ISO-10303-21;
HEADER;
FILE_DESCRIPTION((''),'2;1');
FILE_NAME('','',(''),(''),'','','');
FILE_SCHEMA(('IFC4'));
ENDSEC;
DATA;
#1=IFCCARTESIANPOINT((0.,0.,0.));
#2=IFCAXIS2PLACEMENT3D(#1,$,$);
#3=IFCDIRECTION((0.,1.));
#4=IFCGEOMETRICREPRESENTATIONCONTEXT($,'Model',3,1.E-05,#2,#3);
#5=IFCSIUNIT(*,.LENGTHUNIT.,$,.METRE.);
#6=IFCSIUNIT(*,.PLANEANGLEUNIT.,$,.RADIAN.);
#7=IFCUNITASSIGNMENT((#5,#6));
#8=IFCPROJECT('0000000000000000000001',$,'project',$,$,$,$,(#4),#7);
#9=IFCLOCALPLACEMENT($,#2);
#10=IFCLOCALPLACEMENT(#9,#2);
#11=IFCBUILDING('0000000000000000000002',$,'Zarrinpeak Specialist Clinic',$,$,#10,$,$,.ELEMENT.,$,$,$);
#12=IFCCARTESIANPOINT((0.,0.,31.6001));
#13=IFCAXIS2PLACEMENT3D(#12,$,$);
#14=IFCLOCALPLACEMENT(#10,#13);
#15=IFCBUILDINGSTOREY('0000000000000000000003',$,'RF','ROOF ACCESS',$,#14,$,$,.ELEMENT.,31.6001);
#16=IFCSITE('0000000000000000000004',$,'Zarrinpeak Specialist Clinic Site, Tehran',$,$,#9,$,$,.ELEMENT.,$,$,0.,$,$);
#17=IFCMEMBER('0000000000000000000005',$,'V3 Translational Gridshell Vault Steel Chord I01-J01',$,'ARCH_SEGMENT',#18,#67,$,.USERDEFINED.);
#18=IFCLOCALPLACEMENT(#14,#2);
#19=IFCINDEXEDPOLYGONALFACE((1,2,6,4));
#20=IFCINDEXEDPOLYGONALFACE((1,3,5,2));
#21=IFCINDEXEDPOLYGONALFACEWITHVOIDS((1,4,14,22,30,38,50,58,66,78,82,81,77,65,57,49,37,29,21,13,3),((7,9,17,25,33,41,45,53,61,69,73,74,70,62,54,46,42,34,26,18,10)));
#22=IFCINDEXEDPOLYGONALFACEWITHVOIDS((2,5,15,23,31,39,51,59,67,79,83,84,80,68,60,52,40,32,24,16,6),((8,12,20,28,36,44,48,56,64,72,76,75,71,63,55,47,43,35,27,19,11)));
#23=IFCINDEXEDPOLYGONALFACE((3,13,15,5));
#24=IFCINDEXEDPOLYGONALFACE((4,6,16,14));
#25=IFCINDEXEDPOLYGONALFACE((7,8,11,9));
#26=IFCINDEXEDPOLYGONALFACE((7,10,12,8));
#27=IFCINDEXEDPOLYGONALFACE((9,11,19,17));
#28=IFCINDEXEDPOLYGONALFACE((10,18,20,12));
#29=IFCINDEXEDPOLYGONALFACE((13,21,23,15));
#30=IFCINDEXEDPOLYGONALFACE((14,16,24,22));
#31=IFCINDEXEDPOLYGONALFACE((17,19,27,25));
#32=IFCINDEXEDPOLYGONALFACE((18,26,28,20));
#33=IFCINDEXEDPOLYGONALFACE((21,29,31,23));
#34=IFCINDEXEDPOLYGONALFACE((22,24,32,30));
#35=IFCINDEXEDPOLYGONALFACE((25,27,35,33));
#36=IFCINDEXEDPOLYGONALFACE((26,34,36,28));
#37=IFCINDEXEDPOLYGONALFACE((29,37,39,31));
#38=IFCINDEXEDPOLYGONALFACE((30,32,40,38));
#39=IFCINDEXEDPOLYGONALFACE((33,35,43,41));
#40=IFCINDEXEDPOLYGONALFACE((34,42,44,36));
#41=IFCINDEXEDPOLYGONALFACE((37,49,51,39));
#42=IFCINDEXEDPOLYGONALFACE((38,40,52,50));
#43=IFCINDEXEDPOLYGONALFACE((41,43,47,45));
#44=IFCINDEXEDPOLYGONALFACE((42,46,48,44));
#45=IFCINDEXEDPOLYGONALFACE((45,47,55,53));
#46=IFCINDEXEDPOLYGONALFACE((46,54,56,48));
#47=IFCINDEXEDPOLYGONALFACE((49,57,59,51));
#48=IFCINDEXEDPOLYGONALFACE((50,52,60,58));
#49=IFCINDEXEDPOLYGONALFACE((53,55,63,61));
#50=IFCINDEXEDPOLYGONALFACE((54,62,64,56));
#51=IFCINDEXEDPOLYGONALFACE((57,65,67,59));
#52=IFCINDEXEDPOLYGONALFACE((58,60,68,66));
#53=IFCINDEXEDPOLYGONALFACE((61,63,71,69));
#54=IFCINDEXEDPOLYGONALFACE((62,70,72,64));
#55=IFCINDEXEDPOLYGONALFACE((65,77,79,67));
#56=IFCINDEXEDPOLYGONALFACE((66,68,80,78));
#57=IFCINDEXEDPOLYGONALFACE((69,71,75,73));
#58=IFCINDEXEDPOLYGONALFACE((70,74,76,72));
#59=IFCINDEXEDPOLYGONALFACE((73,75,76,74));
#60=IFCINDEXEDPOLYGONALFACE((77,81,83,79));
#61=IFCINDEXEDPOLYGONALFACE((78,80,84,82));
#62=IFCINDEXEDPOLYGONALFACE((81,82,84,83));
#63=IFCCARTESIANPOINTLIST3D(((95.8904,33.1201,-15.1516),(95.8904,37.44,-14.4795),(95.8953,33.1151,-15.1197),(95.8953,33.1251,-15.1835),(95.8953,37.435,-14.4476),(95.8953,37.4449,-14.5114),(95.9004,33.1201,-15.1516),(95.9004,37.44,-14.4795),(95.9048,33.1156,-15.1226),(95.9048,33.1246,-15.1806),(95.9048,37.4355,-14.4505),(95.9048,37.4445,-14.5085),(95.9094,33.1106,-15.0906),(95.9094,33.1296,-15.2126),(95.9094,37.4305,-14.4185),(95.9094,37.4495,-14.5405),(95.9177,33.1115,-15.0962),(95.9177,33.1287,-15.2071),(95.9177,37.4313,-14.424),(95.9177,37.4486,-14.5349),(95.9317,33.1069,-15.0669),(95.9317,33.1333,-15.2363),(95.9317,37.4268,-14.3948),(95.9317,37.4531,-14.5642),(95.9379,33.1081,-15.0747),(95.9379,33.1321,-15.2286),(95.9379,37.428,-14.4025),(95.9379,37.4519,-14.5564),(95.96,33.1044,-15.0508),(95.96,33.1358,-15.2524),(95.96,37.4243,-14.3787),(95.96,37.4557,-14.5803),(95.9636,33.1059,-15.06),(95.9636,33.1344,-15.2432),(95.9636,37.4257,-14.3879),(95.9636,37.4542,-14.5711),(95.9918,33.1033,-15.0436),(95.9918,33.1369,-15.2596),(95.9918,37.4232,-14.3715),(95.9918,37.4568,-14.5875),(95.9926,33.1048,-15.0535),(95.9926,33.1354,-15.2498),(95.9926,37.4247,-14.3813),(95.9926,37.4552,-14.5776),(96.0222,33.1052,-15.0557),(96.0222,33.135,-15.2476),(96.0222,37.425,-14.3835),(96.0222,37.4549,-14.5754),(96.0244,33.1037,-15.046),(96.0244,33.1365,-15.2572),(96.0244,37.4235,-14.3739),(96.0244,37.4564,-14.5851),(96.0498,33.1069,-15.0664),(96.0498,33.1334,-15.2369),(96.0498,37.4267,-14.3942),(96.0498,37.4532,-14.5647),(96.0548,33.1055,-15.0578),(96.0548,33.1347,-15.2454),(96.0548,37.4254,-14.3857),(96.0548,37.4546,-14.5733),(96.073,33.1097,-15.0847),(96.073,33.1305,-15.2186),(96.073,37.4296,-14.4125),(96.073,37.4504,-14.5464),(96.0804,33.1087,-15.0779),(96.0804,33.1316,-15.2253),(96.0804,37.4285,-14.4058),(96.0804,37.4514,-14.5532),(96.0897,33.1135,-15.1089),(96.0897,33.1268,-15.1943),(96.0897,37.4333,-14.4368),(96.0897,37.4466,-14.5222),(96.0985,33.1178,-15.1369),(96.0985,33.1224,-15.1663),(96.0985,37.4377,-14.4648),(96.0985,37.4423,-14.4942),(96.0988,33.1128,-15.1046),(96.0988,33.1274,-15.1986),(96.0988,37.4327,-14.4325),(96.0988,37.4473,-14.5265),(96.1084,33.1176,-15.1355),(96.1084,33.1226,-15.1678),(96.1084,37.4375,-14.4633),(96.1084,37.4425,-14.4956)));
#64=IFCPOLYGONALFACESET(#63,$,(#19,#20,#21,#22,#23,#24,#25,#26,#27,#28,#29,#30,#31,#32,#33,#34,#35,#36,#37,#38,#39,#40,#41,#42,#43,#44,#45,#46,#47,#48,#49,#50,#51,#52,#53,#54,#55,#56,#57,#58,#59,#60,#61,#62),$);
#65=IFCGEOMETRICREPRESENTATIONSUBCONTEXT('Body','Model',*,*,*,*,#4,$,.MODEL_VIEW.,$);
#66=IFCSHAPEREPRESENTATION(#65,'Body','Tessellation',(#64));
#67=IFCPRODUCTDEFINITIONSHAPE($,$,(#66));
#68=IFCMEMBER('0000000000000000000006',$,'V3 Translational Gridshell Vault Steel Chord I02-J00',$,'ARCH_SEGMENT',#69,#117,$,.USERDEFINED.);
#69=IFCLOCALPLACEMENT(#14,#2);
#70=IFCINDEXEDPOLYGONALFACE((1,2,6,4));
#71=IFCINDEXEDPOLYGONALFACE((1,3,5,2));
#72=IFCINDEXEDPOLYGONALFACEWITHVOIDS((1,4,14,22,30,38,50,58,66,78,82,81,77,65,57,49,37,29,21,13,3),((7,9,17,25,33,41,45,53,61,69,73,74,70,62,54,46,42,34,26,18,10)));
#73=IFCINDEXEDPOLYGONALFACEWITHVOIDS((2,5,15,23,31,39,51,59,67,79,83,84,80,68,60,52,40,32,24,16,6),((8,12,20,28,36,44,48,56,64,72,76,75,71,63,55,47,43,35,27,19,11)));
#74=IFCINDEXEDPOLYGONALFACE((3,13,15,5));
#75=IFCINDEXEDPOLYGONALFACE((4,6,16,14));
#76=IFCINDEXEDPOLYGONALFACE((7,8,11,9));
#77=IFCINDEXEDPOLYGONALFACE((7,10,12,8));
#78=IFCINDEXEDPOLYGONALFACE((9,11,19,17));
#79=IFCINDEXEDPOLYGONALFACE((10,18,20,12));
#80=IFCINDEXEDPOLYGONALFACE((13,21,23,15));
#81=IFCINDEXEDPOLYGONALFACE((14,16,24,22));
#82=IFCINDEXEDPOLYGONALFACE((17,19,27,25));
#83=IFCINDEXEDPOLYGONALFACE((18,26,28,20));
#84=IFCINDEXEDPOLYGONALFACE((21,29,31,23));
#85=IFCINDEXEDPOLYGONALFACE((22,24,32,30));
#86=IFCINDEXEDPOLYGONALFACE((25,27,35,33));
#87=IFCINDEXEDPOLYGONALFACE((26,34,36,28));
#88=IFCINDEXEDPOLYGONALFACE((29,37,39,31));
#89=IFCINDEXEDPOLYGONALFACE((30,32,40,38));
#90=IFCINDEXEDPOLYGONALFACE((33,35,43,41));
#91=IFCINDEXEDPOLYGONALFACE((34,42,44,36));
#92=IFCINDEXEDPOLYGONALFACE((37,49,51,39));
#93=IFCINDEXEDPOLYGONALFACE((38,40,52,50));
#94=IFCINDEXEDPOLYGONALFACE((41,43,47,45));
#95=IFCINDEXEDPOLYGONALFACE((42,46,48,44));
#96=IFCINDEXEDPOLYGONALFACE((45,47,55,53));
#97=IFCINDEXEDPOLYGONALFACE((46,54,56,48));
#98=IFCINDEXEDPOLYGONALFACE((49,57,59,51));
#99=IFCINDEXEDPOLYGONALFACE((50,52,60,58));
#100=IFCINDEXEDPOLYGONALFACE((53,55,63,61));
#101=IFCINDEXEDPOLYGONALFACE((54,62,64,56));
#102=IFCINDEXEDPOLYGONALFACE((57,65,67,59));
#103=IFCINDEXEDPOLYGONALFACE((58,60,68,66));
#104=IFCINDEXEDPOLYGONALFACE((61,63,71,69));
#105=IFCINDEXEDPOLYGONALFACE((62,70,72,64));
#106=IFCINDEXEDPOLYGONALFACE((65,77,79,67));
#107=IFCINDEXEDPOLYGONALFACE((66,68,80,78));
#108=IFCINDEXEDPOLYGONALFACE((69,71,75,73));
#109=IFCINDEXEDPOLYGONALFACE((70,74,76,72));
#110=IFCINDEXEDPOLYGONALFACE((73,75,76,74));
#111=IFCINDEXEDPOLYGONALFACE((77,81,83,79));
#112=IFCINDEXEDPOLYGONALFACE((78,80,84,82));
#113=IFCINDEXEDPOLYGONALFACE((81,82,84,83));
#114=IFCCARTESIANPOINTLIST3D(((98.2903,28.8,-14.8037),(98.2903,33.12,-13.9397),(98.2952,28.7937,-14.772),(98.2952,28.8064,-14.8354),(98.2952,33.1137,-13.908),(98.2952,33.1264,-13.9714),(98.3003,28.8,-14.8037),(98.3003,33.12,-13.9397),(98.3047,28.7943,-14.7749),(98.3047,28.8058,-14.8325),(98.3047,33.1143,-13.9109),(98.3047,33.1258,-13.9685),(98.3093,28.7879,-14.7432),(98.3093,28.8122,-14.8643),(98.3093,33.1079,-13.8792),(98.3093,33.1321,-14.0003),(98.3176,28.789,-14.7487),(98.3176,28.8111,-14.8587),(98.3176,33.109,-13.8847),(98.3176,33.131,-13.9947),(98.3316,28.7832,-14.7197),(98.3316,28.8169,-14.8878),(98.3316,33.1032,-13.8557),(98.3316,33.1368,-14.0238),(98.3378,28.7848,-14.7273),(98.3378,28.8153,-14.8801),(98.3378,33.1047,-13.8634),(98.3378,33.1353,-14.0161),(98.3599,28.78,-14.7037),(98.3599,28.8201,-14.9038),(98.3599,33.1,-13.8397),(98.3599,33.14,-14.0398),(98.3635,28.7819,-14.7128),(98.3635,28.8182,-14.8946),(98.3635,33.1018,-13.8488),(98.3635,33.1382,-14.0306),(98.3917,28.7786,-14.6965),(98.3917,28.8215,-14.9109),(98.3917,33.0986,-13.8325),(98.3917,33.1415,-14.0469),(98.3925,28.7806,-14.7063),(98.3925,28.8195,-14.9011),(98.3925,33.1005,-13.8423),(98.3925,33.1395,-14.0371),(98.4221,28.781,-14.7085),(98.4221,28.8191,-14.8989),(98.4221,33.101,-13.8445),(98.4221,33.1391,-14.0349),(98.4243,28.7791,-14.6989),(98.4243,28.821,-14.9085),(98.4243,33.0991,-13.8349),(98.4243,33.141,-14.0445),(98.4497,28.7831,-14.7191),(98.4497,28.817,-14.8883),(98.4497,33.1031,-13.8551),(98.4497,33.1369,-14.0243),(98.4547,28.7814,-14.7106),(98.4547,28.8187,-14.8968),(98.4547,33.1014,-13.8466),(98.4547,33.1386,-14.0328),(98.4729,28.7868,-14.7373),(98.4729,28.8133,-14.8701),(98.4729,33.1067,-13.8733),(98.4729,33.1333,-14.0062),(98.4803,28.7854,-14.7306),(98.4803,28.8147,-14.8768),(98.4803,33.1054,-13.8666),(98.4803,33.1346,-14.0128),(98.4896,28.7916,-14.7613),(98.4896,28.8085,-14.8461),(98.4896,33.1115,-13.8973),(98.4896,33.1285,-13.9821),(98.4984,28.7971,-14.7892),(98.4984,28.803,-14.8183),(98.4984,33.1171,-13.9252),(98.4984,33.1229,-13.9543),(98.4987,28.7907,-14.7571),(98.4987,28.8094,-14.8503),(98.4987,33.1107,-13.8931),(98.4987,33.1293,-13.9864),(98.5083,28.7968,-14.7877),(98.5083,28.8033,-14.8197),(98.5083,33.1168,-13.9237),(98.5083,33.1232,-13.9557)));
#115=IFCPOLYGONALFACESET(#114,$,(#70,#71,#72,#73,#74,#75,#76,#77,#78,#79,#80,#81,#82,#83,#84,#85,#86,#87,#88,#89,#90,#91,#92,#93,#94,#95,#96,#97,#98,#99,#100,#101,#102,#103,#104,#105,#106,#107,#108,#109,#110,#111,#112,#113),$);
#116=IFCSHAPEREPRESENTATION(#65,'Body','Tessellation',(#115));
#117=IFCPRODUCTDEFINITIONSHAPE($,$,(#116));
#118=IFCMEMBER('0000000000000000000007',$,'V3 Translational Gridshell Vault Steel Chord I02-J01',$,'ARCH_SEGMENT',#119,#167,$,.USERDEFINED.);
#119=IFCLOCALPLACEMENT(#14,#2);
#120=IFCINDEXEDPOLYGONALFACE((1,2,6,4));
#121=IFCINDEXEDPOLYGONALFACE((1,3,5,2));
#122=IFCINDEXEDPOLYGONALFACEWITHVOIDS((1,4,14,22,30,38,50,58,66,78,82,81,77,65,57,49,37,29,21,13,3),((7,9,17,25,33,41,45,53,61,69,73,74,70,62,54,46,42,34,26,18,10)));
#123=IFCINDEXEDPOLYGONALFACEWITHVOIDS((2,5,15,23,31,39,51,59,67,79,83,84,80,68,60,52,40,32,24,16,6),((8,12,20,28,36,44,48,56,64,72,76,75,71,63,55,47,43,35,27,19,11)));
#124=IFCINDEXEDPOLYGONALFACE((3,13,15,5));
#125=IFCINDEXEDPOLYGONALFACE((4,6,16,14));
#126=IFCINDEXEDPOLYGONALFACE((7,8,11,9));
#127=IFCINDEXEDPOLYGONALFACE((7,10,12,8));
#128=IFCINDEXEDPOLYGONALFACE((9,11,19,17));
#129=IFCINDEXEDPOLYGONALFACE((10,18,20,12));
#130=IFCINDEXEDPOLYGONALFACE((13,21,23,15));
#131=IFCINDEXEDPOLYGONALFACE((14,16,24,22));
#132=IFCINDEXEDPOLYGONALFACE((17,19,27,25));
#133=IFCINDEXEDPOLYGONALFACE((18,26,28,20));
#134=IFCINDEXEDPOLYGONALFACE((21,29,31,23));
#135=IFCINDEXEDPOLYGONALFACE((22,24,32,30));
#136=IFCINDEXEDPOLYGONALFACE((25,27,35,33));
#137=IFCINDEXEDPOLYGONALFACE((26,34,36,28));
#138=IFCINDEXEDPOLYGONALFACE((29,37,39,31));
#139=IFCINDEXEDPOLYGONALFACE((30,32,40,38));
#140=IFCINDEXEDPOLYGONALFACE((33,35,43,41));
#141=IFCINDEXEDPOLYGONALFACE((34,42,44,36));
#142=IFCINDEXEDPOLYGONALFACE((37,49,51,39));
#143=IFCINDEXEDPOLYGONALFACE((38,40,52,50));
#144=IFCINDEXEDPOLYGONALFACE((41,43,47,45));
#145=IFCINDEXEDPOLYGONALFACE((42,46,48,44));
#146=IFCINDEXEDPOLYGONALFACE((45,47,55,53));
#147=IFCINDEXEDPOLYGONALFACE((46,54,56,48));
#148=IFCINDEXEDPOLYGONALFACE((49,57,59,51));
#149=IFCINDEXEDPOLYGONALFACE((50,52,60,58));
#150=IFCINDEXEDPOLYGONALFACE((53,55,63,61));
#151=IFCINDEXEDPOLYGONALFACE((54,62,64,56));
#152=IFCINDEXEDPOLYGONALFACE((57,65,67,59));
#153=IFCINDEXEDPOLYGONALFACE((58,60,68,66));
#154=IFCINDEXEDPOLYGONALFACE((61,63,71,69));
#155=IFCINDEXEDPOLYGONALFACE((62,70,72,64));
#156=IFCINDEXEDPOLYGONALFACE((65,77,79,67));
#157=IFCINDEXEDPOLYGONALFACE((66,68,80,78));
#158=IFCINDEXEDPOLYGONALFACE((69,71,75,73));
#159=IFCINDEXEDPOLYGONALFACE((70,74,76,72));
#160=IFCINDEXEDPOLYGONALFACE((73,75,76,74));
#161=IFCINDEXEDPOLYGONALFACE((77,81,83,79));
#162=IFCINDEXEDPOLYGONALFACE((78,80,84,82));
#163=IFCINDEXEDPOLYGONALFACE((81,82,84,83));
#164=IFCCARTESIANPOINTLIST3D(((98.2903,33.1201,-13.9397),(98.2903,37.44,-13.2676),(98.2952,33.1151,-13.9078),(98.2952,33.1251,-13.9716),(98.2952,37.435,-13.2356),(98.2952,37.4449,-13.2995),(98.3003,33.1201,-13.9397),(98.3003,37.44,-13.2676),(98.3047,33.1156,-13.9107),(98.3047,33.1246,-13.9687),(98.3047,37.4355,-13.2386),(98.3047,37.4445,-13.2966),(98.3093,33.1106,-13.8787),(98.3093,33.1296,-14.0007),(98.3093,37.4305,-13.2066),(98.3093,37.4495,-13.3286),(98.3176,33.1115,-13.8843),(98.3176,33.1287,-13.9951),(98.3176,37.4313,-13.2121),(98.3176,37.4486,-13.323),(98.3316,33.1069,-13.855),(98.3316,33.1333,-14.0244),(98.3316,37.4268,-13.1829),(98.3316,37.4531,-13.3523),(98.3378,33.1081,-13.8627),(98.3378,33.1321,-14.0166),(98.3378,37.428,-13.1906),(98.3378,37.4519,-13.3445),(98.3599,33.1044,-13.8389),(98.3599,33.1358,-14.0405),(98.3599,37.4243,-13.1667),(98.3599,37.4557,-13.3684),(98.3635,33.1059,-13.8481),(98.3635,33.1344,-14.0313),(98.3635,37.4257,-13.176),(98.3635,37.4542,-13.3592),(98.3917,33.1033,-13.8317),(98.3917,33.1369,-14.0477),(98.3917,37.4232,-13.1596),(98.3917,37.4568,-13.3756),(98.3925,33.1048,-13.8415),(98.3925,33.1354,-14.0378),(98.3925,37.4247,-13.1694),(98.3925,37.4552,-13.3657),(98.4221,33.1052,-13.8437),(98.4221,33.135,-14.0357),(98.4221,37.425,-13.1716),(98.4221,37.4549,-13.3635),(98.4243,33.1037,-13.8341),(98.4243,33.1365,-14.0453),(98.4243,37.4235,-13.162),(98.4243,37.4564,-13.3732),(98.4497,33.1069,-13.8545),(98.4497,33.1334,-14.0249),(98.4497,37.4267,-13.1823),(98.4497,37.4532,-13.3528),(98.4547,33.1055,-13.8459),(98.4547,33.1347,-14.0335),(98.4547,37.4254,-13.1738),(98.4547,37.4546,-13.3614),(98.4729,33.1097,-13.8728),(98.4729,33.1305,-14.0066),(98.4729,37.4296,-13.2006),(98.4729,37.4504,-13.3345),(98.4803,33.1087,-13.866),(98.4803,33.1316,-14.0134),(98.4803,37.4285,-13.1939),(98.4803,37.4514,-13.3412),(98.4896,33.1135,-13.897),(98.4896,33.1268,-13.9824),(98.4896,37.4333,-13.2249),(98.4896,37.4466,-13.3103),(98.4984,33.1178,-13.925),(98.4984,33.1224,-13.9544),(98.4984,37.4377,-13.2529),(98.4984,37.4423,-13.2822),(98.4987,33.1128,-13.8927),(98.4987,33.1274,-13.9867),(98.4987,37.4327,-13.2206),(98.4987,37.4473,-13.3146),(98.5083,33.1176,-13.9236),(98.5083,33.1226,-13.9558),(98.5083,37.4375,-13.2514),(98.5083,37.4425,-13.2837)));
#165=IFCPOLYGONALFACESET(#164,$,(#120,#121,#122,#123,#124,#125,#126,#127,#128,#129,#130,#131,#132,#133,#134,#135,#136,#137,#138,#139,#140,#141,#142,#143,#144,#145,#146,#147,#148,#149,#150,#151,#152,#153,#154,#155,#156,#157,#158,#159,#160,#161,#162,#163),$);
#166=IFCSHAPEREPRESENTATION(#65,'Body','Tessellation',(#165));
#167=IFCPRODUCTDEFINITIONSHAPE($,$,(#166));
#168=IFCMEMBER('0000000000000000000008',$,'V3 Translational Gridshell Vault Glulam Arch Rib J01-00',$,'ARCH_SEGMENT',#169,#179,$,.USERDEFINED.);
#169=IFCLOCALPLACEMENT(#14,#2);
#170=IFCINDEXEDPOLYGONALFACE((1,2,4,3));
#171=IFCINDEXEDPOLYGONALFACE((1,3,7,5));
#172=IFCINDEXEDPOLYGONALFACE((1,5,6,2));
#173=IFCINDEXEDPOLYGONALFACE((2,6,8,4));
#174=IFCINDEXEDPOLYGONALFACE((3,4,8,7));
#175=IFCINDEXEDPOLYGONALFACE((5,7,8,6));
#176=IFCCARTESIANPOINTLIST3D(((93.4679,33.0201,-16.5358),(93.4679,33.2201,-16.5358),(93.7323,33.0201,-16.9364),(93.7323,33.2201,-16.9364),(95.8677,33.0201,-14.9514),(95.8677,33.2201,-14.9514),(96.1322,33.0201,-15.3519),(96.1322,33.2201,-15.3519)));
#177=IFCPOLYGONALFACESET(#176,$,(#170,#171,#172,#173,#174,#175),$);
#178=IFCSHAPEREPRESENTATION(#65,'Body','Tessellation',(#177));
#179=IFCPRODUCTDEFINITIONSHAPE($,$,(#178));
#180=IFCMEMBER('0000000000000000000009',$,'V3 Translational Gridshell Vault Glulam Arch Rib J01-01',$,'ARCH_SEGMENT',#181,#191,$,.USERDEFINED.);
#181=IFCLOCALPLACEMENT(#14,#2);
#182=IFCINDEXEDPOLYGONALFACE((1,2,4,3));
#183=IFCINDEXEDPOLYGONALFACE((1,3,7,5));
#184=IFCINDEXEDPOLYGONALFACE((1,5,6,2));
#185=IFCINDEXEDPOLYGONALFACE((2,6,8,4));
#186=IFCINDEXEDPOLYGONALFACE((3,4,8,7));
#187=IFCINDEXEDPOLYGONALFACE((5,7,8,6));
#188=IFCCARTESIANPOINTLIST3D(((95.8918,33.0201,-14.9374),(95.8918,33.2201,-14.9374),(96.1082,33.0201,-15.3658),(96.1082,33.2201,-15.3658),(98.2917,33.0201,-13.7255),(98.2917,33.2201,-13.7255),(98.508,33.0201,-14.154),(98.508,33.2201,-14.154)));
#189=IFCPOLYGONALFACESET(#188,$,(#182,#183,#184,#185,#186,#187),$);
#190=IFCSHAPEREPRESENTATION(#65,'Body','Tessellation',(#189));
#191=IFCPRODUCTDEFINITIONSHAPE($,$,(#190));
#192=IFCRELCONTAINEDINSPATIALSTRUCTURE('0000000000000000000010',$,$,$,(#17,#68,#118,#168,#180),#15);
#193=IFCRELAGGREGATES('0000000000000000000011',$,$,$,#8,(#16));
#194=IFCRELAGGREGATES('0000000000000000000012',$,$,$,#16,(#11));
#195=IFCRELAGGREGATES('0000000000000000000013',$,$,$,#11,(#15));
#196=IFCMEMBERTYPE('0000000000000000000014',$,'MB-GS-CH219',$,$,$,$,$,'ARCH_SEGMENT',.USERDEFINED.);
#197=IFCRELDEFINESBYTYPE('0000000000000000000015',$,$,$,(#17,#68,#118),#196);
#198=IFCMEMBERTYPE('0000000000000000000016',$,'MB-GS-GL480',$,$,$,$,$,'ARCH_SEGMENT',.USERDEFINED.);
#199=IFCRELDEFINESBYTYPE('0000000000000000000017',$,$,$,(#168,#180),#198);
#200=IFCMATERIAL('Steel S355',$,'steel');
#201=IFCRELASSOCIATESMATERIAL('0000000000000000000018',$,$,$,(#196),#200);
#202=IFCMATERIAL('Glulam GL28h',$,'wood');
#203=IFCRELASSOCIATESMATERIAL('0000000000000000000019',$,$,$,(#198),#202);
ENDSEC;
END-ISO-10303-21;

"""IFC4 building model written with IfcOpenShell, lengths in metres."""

from ifc_helpers import new_model, si_unit, direction, frame, origin, origin_2d, place, context, subcontext, project, spatial, rectangle, hollow_circle, extrude, material, material_profile, profile_set, type_object, element, save


model = new_model("IFC4")

# Units and contexts
model_context = context("Model", 3, precision=1e-05, world=origin(), true_north=direction((0.0, 1.0)))
body_context = subcontext(model_context, "Body", "Model", "MODEL_VIEW")
ifc_project = project(units=[si_unit("LENGTHUNIT", "METRE"), si_unit("PLANEANGLEUNIT", "RADIAN")], contexts=[model_context])

# Site, building, storey
site_placement = place(None, origin())
site = spatial("IfcSite", under=ifc_project, at=site_placement, Name="Zarrinpeak Specialist Clinic Site, Tehran", CompositionType="ELEMENT", RefElevation=0.0)
building_placement = place(site_placement, origin())
building = spatial("IfcBuilding", under=site, at=building_placement, Name="Zarrinpeak Specialist Clinic", CompositionType="ELEMENT")
storey_placement = place(building_placement, frame((0.0, 0.0, 31.6001)))
storey = spatial("IfcBuildingStorey", under=building, at=storey_placement, Name="RF", Description="ROOF ACCESS", CompositionType="ELEMENT", Elevation=31.6001)

# Members
ifc_material_1 = material(Name="Steel S355", Category="steel")
ifc_material_profile_1 = material_profile(ifc_material_1, hollow_circle(Radius=0.1096, WallThickness=0.01, at=origin_2d()), Name="CHS 219.1x10.0")
ifc_profile_set_1 = profile_set([ifc_material_profile_1], Name="Steel S355")
member_type_1 = type_object("IfcMemberType", Name="MB-GS-CH219", ElementType="ARCH_SEGMENT", PredefinedType="USERDEFINED", material=ifc_profile_set_1)
member_1_placement = place(storey_placement, frame((96.0, 33.1201, -15.1516), z_axis=(0.0, 0.988111, 0.15374), x_axis=(-1.0, 0.0, 0.0)))
element("IfcMember", 1, at=member_1_placement, inside=storey, type_object=member_type_1, Name="V3 Translational Gridshell Vault Steel Chord I01-J01", ObjectType="ARCH_SEGMENT", PredefinedType="USERDEFINED", context=body_context, shape_type="SweptSolid", body=[
    extrude(hollow_circle(Radius=0.1096, WallThickness=0.01, at=origin_2d()), origin(), (0.0, 0.0, 1.0), 4.3718),
])
member_2_placement = place(storey_placement, frame((98.3999, 28.8, -14.8037), z_axis=(0.0, 0.980581, 0.196116), x_axis=(-1.0, 0.0, 0.0)))
element("IfcMember", 2, at=member_2_placement, inside=storey, type_object=member_type_1, Name="V3 Translational Gridshell Vault Steel Chord I02-J00", ObjectType="ARCH_SEGMENT", PredefinedType="USERDEFINED", context=body_context, shape_type="SweptSolid", body=[
    extrude(hollow_circle(Radius=0.1096, WallThickness=0.01, at=origin_2d()), origin(), (0.0, 0.0, 1.0), 4.4055),
])
member_3_placement = place(storey_placement, frame((98.3999, 33.1201, -13.9397), z_axis=(0.0, 0.988111, 0.15374), x_axis=(-1.0, 0.0, 0.0)))
element("IfcMember", 3, at=member_3_placement, inside=storey, type_object=member_type_1, Name="V3 Translational Gridshell Vault Steel Chord I02-J01", ObjectType="ARCH_SEGMENT", PredefinedType="USERDEFINED", context=body_context, shape_type="SweptSolid", body=[
    extrude(hollow_circle(Radius=0.1096, WallThickness=0.01, at=origin_2d()), origin(), (0.0, 0.0, 1.0), 4.3718),
])
ifc_material_2 = material(Name="Glulam GL28h", Category="wood")
ifc_material_profile_2 = material_profile(ifc_material_2, rectangle(XDim=0.2, YDim=0.48, at=origin_2d()), Name="GL28h 200x480")
ifc_profile_set_2 = profile_set([ifc_material_profile_2], Name="Glulam GL28h")
member_type_2 = type_object("IfcMemberType", Name="MB-GS-GL480", ElementType="ARCH_SEGMENT", PredefinedType="USERDEFINED", material=ifc_profile_set_2)
member_4_placement = place(storey_placement, frame((93.6001, 33.1201, -16.7361), z_axis=(0.834524, 0.0, 0.550972), x_axis=(0.0, 1.0, 0.0)))
element("IfcMember", 4, at=member_4_placement, inside=storey, type_object=member_type_2, Name="V3 Translational Gridshell Vault Glulam Arch Rib J01-00", ObjectType="ARCH_SEGMENT", PredefinedType="USERDEFINED", context=body_context, shape_type="SweptSolid", body=[
    extrude(rectangle(XDim=0.2, YDim=0.48, at=origin_2d()), origin(), (0.0, 0.0, 1.0), 2.8757),
])
member_5_placement = place(storey_placement, frame((96.0, 33.1201, -15.1516), z_axis=(0.89264, 0.0, 0.45077), x_axis=(0.0, 1.0, 0.0)))
element("IfcMember", 5, at=member_5_placement, inside=storey, type_object=member_type_2, Name="V3 Translational Gridshell Vault Glulam Arch Rib J01-01", ObjectType="ARCH_SEGMENT", PredefinedType="USERDEFINED", context=body_context, shape_type="SweptSolid", body=[
    extrude(rectangle(XDim=0.2, YDim=0.48, at=origin_2d()), origin(), (0.0, 0.0, 1.0), 2.6885),
])

save(model, "model.ifc")
